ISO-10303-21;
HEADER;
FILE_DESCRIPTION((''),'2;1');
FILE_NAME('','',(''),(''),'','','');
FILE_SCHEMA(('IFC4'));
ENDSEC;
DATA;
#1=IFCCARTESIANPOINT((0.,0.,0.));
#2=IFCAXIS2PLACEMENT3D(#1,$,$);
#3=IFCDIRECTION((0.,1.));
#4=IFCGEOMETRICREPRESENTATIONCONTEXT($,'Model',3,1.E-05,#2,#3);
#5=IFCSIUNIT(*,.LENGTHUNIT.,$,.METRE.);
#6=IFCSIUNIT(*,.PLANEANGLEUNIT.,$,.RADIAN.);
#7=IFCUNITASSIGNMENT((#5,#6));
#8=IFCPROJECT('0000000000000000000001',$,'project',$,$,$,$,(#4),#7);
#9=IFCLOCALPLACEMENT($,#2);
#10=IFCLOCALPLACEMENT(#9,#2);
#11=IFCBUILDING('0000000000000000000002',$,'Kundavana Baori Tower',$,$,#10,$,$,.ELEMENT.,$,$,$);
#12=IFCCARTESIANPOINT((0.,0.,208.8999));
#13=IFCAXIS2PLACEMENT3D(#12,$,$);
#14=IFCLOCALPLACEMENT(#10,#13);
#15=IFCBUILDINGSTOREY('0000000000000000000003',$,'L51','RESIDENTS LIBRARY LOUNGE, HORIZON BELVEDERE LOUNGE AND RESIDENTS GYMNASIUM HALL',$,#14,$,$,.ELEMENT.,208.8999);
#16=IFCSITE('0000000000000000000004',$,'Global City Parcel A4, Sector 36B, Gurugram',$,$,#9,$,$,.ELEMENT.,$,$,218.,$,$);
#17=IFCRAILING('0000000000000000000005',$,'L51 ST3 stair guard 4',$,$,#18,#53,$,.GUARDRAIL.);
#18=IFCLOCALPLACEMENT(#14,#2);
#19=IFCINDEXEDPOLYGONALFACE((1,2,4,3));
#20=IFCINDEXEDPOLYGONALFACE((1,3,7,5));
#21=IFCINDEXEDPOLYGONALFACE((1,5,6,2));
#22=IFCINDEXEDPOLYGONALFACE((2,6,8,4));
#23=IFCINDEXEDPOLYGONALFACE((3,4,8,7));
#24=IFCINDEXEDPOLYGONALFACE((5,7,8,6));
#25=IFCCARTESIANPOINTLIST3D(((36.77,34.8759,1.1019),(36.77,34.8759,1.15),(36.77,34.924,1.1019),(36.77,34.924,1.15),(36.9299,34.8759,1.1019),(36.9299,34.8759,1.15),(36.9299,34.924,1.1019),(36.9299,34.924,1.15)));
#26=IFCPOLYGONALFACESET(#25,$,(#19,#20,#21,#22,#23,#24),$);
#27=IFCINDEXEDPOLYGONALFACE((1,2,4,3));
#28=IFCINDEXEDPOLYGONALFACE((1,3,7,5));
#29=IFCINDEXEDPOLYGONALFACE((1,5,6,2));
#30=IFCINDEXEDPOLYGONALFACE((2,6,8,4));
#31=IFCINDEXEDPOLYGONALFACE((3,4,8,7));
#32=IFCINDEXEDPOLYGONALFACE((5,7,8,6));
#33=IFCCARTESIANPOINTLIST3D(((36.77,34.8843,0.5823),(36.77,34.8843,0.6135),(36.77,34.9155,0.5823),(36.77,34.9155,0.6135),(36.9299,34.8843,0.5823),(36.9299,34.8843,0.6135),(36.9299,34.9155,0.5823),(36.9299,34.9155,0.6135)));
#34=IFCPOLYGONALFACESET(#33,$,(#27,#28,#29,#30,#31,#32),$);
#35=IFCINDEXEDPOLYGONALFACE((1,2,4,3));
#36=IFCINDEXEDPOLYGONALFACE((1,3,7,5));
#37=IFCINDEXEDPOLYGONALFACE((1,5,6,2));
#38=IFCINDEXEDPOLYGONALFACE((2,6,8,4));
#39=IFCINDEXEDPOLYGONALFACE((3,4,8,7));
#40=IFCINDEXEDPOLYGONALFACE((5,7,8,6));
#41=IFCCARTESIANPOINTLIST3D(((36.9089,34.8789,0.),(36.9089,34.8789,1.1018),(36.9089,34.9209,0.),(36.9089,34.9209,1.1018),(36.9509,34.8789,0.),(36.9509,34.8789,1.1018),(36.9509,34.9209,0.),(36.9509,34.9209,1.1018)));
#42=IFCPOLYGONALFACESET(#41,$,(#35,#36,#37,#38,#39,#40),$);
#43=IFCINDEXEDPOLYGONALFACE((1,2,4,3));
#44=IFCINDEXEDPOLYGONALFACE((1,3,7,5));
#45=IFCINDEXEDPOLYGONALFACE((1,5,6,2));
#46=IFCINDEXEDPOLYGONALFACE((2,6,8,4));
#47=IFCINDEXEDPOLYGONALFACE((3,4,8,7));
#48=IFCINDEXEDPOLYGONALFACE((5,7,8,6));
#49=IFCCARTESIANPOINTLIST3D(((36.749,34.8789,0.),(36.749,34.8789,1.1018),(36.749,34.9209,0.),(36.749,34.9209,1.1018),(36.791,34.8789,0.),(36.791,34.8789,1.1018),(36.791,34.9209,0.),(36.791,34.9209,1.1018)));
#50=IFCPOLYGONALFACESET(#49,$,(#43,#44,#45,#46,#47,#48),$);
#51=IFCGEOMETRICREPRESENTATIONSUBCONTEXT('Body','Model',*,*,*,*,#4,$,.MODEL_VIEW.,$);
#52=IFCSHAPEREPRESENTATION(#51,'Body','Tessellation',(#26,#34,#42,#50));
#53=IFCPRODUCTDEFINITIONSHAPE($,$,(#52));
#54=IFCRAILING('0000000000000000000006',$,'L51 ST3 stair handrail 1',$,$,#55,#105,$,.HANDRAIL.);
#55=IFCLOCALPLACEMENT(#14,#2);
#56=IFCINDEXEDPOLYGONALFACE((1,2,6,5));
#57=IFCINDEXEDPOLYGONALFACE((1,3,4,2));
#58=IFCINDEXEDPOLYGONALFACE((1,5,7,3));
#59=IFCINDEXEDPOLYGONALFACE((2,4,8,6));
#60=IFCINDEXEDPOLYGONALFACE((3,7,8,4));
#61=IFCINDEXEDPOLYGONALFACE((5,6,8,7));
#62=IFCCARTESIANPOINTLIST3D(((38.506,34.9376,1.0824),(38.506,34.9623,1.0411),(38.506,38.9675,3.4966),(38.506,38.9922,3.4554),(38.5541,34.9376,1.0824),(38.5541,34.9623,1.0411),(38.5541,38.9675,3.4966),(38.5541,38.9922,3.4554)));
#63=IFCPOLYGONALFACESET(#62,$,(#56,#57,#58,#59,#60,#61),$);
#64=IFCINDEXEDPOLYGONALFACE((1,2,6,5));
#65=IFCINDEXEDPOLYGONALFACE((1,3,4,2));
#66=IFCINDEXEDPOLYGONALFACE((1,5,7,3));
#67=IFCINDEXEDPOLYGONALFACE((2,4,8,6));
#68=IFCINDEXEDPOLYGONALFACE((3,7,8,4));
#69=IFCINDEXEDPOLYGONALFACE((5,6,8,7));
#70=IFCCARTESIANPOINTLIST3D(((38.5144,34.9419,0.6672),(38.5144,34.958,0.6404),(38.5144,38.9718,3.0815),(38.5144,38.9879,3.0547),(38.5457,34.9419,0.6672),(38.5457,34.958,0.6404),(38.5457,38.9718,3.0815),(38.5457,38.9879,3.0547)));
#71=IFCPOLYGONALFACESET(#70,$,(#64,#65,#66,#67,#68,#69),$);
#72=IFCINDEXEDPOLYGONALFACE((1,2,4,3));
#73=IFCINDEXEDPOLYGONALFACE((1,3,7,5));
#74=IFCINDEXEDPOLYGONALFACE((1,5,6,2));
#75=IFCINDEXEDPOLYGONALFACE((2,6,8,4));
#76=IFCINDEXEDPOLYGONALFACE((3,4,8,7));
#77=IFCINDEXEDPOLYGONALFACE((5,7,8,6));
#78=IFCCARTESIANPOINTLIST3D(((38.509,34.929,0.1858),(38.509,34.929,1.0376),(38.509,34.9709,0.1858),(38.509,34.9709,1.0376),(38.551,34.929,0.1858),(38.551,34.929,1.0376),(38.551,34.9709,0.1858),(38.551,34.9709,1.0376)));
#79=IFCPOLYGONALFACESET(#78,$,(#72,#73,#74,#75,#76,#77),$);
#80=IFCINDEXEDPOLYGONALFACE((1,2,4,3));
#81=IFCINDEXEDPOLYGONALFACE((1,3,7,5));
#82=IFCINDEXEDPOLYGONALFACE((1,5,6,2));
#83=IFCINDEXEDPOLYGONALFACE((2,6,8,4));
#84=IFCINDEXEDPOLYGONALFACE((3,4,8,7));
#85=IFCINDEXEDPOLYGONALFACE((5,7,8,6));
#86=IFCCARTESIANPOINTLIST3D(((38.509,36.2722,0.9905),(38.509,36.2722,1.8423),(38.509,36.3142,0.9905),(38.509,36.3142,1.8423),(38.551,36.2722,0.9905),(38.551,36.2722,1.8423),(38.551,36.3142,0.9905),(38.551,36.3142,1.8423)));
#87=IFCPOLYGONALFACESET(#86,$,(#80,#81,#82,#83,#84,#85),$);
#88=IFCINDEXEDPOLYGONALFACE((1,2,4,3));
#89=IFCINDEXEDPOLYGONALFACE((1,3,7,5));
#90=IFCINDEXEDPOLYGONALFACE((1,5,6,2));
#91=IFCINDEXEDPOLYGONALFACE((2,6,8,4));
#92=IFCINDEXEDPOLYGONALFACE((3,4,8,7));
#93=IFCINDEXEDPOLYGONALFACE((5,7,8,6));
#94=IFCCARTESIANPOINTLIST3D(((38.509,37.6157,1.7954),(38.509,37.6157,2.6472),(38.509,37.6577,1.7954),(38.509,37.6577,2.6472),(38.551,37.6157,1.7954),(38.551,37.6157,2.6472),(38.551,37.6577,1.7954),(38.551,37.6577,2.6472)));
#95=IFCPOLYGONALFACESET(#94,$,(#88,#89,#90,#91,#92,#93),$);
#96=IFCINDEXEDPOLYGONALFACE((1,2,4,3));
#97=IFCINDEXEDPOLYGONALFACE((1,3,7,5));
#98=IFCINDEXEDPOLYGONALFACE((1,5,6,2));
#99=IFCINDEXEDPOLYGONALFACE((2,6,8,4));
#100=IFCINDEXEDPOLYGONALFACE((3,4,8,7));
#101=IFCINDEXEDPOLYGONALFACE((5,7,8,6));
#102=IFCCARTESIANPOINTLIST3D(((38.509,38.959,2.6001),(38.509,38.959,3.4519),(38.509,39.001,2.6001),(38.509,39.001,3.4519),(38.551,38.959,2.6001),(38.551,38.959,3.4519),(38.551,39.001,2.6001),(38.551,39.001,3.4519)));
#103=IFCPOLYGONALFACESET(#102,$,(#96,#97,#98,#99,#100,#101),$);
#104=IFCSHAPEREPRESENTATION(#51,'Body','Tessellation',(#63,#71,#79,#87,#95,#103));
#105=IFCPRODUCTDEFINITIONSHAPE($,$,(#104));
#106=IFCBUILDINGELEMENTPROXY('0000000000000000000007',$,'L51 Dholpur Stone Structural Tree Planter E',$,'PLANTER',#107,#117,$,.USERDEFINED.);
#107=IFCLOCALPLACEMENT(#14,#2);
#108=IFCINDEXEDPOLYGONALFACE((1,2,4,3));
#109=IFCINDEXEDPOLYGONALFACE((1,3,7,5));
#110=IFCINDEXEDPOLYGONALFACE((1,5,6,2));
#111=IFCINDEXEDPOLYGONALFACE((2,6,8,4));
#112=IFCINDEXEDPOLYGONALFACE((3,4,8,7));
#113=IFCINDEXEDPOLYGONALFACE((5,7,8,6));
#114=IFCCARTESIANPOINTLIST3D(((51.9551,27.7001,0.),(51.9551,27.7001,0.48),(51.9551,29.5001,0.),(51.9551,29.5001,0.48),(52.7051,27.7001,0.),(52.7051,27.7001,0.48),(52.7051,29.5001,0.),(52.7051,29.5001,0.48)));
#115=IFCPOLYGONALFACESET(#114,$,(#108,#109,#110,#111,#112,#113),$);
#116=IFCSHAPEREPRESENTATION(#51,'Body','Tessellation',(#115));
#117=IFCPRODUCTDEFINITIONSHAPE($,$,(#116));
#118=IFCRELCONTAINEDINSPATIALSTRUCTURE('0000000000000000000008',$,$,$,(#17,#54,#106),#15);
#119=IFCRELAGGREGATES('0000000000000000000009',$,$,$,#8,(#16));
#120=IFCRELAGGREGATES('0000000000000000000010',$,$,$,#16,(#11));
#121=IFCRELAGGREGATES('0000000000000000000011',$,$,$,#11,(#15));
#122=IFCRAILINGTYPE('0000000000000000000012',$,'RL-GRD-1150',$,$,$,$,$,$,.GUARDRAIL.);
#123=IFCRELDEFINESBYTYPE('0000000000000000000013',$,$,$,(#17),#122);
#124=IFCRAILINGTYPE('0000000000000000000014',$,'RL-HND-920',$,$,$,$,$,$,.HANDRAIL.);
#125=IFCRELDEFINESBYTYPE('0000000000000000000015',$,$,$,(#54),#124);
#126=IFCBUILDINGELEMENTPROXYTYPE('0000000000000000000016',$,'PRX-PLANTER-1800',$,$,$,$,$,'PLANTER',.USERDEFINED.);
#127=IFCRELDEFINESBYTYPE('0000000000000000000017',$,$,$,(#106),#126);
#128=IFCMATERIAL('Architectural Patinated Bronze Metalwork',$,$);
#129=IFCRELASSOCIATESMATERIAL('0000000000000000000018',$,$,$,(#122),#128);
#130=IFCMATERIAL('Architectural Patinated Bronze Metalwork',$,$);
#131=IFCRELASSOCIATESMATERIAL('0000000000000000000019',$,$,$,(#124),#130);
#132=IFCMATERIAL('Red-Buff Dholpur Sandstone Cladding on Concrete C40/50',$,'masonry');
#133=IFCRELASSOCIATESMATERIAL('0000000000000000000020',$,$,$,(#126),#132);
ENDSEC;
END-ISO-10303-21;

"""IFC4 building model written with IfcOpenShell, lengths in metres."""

from ifc_helpers import new_model, si_unit, direction, frame, origin, origin_2d, place, context, subcontext, project, spatial, rectangle, extrude, material, type_object, element, save


model = new_model("IFC4")

# Units and contexts
model_context = context("Model", 3, precision=1e-05, world=origin(), true_north=direction((0.0, 1.0)))
body_context = subcontext(model_context, "Body", "Model", "MODEL_VIEW")
ifc_project = project(units=[si_unit("LENGTHUNIT", "METRE"), si_unit("PLANEANGLEUNIT", "RADIAN")], contexts=[model_context])

# Site, building, storey
site_placement = place(None, origin())
site = spatial("IfcSite", under=ifc_project, at=site_placement, Name="Global City Parcel A4, Sector 36B, Gurugram", CompositionType="ELEMENT", RefElevation=218.0)
building_placement = place(site_placement, origin())
building = spatial("IfcBuilding", under=site, at=building_placement, Name="Kundavana Baori Tower", CompositionType="ELEMENT")
storey_placement = place(building_placement, frame((0.0, 0.0, 208.8999)))
storey = spatial("IfcBuildingStorey", under=building, at=storey_placement, Name="L51", Description="RESIDENTS LIBRARY LOUNGE, HORIZON BELVEDERE LOUNGE AND RESIDENTS GYMNASIUM HALL", CompositionType="ELEMENT", Elevation=208.8999)

# Railings
ifc_material_1 = material(Name="Architectural Patinated Bronze Metalwork")
railing_type_1 = type_object("IfcRailingType", Name="RL-GRD-1150", PredefinedType="GUARDRAIL", material=ifc_material_1)
railing_1_placement = place(storey_placement, frame((36.9299, 34.8999, 0.0)))
element("IfcRailing", 1, at=railing_1_placement, inside=storey, type_object=railing_type_1, Name="L51 ST3 stair guard 4", PredefinedType="GUARDRAIL", context=body_context, shape_type="SweptSolid", body=[
    extrude(rectangle(XDim=0.0481, YDim=0.0481, at=origin_2d()), frame((0.0, 0.0, 1.126), z_axis=(-1.0, 0.0, 0.0), x_axis=(0.0, -1.0, 0.0)), (0.0, 0.0, 1.0), 0.1599),
    extrude(rectangle(XDim=0.0312, YDim=0.0312, at=origin_2d()), frame((0.0, 0.0, 0.5979), z_axis=(-1.0, 0.0, 0.0), x_axis=(0.0, -1.0, 0.0)), (0.0, 0.0, 1.0), 0.1599),
    extrude(rectangle(XDim=0.042, YDim=0.042, at=origin_2d()), origin(), (0.0, 0.0, 1.0), 1.1018),
    extrude(rectangle(XDim=0.042, YDim=0.042, at=origin_2d()), frame((-0.1599, 0.0, 0.0)), (0.0, 0.0, 1.0), 1.1018),
])
ifc_material_2 = material(Name="Architectural Patinated Bronze Metalwork")
railing_type_2 = type_object("IfcRailingType", Name="RL-HND-920", PredefinedType="HANDRAIL", material=ifc_material_2)
railing_2_placement = place(storey_placement, frame((38.53, 34.95, 0.1858)))
element("IfcRailing", 2, at=railing_2_placement, inside=storey, type_object=railing_type_2, Name="L51 ST3 stair handrail 1", PredefinedType="HANDRAIL", context=body_context, shape_type="SweptSolid", body=[
    extrude(rectangle(XDim=0.0481, YDim=0.0481, at=origin_2d()), frame((0.0, 0.0, 0.876), z_axis=(0.0, 0.857841, 0.513915), x_axis=(-1.0, 0.0, 0.0)), (0.0, 0.0, 1.0), 4.6978),
    extrude(rectangle(XDim=0.0312, YDim=0.0312, at=origin_2d()), frame((0.0, 0.0, 0.468), z_axis=(0.0, 0.857841, 0.513915), x_axis=(-1.0, 0.0, 0.0)), (0.0, 0.0, 1.0), 4.6978),
    extrude(rectangle(XDim=0.042, YDim=0.042, at=origin_2d()), origin(), (0.0, 0.0, 1.0), 0.8518),
    extrude(rectangle(XDim=0.042, YDim=0.042, at=origin_2d()), frame((0.0, 1.3433, 0.8047)), (0.0, 0.0, 1.0), 0.8518),
    extrude(rectangle(XDim=0.042, YDim=0.042, at=origin_2d()), frame((0.0, 2.6868, 1.6096)), (0.0, 0.0, 1.0), 0.8518),
    extrude(rectangle(XDim=0.042, YDim=0.042, at=origin_2d()), frame((0.0, 4.03, 2.4143)), (0.0, 0.0, 1.0), 0.8518),
])

# Building element proxy
ifc_material_3 = material(Name="Red-Buff Dholpur Sandstone Cladding on Concrete C40/50", Category="masonry")
building_element_proxy_type = type_object("IfcBuildingElementProxyType", Name="PRX-PLANTER-1800", ElementType="PLANTER", PredefinedType="USERDEFINED", material=ifc_material_3)
proxy_placement = place(storey_placement, frame((52.3301, 28.6001, 0.0), z_axis=(0.0, 0.0, 1.0), x_axis=(0.0, 1.0, 0.0)))
element("IfcBuildingElementProxy", 3, at=proxy_placement, inside=storey, type_object=building_element_proxy_type, Name="L51 Dholpur Stone Structural Tree Planter E", ObjectType="PLANTER", PredefinedType="USERDEFINED", context=body_context, shape_type="SweptSolid", body=[
    extrude(rectangle(XDim=1.8, YDim=0.75, at=origin_2d()), origin(), (0.0, 0.0, 1.0), 0.48),
])

save(model, "model.ifc")
